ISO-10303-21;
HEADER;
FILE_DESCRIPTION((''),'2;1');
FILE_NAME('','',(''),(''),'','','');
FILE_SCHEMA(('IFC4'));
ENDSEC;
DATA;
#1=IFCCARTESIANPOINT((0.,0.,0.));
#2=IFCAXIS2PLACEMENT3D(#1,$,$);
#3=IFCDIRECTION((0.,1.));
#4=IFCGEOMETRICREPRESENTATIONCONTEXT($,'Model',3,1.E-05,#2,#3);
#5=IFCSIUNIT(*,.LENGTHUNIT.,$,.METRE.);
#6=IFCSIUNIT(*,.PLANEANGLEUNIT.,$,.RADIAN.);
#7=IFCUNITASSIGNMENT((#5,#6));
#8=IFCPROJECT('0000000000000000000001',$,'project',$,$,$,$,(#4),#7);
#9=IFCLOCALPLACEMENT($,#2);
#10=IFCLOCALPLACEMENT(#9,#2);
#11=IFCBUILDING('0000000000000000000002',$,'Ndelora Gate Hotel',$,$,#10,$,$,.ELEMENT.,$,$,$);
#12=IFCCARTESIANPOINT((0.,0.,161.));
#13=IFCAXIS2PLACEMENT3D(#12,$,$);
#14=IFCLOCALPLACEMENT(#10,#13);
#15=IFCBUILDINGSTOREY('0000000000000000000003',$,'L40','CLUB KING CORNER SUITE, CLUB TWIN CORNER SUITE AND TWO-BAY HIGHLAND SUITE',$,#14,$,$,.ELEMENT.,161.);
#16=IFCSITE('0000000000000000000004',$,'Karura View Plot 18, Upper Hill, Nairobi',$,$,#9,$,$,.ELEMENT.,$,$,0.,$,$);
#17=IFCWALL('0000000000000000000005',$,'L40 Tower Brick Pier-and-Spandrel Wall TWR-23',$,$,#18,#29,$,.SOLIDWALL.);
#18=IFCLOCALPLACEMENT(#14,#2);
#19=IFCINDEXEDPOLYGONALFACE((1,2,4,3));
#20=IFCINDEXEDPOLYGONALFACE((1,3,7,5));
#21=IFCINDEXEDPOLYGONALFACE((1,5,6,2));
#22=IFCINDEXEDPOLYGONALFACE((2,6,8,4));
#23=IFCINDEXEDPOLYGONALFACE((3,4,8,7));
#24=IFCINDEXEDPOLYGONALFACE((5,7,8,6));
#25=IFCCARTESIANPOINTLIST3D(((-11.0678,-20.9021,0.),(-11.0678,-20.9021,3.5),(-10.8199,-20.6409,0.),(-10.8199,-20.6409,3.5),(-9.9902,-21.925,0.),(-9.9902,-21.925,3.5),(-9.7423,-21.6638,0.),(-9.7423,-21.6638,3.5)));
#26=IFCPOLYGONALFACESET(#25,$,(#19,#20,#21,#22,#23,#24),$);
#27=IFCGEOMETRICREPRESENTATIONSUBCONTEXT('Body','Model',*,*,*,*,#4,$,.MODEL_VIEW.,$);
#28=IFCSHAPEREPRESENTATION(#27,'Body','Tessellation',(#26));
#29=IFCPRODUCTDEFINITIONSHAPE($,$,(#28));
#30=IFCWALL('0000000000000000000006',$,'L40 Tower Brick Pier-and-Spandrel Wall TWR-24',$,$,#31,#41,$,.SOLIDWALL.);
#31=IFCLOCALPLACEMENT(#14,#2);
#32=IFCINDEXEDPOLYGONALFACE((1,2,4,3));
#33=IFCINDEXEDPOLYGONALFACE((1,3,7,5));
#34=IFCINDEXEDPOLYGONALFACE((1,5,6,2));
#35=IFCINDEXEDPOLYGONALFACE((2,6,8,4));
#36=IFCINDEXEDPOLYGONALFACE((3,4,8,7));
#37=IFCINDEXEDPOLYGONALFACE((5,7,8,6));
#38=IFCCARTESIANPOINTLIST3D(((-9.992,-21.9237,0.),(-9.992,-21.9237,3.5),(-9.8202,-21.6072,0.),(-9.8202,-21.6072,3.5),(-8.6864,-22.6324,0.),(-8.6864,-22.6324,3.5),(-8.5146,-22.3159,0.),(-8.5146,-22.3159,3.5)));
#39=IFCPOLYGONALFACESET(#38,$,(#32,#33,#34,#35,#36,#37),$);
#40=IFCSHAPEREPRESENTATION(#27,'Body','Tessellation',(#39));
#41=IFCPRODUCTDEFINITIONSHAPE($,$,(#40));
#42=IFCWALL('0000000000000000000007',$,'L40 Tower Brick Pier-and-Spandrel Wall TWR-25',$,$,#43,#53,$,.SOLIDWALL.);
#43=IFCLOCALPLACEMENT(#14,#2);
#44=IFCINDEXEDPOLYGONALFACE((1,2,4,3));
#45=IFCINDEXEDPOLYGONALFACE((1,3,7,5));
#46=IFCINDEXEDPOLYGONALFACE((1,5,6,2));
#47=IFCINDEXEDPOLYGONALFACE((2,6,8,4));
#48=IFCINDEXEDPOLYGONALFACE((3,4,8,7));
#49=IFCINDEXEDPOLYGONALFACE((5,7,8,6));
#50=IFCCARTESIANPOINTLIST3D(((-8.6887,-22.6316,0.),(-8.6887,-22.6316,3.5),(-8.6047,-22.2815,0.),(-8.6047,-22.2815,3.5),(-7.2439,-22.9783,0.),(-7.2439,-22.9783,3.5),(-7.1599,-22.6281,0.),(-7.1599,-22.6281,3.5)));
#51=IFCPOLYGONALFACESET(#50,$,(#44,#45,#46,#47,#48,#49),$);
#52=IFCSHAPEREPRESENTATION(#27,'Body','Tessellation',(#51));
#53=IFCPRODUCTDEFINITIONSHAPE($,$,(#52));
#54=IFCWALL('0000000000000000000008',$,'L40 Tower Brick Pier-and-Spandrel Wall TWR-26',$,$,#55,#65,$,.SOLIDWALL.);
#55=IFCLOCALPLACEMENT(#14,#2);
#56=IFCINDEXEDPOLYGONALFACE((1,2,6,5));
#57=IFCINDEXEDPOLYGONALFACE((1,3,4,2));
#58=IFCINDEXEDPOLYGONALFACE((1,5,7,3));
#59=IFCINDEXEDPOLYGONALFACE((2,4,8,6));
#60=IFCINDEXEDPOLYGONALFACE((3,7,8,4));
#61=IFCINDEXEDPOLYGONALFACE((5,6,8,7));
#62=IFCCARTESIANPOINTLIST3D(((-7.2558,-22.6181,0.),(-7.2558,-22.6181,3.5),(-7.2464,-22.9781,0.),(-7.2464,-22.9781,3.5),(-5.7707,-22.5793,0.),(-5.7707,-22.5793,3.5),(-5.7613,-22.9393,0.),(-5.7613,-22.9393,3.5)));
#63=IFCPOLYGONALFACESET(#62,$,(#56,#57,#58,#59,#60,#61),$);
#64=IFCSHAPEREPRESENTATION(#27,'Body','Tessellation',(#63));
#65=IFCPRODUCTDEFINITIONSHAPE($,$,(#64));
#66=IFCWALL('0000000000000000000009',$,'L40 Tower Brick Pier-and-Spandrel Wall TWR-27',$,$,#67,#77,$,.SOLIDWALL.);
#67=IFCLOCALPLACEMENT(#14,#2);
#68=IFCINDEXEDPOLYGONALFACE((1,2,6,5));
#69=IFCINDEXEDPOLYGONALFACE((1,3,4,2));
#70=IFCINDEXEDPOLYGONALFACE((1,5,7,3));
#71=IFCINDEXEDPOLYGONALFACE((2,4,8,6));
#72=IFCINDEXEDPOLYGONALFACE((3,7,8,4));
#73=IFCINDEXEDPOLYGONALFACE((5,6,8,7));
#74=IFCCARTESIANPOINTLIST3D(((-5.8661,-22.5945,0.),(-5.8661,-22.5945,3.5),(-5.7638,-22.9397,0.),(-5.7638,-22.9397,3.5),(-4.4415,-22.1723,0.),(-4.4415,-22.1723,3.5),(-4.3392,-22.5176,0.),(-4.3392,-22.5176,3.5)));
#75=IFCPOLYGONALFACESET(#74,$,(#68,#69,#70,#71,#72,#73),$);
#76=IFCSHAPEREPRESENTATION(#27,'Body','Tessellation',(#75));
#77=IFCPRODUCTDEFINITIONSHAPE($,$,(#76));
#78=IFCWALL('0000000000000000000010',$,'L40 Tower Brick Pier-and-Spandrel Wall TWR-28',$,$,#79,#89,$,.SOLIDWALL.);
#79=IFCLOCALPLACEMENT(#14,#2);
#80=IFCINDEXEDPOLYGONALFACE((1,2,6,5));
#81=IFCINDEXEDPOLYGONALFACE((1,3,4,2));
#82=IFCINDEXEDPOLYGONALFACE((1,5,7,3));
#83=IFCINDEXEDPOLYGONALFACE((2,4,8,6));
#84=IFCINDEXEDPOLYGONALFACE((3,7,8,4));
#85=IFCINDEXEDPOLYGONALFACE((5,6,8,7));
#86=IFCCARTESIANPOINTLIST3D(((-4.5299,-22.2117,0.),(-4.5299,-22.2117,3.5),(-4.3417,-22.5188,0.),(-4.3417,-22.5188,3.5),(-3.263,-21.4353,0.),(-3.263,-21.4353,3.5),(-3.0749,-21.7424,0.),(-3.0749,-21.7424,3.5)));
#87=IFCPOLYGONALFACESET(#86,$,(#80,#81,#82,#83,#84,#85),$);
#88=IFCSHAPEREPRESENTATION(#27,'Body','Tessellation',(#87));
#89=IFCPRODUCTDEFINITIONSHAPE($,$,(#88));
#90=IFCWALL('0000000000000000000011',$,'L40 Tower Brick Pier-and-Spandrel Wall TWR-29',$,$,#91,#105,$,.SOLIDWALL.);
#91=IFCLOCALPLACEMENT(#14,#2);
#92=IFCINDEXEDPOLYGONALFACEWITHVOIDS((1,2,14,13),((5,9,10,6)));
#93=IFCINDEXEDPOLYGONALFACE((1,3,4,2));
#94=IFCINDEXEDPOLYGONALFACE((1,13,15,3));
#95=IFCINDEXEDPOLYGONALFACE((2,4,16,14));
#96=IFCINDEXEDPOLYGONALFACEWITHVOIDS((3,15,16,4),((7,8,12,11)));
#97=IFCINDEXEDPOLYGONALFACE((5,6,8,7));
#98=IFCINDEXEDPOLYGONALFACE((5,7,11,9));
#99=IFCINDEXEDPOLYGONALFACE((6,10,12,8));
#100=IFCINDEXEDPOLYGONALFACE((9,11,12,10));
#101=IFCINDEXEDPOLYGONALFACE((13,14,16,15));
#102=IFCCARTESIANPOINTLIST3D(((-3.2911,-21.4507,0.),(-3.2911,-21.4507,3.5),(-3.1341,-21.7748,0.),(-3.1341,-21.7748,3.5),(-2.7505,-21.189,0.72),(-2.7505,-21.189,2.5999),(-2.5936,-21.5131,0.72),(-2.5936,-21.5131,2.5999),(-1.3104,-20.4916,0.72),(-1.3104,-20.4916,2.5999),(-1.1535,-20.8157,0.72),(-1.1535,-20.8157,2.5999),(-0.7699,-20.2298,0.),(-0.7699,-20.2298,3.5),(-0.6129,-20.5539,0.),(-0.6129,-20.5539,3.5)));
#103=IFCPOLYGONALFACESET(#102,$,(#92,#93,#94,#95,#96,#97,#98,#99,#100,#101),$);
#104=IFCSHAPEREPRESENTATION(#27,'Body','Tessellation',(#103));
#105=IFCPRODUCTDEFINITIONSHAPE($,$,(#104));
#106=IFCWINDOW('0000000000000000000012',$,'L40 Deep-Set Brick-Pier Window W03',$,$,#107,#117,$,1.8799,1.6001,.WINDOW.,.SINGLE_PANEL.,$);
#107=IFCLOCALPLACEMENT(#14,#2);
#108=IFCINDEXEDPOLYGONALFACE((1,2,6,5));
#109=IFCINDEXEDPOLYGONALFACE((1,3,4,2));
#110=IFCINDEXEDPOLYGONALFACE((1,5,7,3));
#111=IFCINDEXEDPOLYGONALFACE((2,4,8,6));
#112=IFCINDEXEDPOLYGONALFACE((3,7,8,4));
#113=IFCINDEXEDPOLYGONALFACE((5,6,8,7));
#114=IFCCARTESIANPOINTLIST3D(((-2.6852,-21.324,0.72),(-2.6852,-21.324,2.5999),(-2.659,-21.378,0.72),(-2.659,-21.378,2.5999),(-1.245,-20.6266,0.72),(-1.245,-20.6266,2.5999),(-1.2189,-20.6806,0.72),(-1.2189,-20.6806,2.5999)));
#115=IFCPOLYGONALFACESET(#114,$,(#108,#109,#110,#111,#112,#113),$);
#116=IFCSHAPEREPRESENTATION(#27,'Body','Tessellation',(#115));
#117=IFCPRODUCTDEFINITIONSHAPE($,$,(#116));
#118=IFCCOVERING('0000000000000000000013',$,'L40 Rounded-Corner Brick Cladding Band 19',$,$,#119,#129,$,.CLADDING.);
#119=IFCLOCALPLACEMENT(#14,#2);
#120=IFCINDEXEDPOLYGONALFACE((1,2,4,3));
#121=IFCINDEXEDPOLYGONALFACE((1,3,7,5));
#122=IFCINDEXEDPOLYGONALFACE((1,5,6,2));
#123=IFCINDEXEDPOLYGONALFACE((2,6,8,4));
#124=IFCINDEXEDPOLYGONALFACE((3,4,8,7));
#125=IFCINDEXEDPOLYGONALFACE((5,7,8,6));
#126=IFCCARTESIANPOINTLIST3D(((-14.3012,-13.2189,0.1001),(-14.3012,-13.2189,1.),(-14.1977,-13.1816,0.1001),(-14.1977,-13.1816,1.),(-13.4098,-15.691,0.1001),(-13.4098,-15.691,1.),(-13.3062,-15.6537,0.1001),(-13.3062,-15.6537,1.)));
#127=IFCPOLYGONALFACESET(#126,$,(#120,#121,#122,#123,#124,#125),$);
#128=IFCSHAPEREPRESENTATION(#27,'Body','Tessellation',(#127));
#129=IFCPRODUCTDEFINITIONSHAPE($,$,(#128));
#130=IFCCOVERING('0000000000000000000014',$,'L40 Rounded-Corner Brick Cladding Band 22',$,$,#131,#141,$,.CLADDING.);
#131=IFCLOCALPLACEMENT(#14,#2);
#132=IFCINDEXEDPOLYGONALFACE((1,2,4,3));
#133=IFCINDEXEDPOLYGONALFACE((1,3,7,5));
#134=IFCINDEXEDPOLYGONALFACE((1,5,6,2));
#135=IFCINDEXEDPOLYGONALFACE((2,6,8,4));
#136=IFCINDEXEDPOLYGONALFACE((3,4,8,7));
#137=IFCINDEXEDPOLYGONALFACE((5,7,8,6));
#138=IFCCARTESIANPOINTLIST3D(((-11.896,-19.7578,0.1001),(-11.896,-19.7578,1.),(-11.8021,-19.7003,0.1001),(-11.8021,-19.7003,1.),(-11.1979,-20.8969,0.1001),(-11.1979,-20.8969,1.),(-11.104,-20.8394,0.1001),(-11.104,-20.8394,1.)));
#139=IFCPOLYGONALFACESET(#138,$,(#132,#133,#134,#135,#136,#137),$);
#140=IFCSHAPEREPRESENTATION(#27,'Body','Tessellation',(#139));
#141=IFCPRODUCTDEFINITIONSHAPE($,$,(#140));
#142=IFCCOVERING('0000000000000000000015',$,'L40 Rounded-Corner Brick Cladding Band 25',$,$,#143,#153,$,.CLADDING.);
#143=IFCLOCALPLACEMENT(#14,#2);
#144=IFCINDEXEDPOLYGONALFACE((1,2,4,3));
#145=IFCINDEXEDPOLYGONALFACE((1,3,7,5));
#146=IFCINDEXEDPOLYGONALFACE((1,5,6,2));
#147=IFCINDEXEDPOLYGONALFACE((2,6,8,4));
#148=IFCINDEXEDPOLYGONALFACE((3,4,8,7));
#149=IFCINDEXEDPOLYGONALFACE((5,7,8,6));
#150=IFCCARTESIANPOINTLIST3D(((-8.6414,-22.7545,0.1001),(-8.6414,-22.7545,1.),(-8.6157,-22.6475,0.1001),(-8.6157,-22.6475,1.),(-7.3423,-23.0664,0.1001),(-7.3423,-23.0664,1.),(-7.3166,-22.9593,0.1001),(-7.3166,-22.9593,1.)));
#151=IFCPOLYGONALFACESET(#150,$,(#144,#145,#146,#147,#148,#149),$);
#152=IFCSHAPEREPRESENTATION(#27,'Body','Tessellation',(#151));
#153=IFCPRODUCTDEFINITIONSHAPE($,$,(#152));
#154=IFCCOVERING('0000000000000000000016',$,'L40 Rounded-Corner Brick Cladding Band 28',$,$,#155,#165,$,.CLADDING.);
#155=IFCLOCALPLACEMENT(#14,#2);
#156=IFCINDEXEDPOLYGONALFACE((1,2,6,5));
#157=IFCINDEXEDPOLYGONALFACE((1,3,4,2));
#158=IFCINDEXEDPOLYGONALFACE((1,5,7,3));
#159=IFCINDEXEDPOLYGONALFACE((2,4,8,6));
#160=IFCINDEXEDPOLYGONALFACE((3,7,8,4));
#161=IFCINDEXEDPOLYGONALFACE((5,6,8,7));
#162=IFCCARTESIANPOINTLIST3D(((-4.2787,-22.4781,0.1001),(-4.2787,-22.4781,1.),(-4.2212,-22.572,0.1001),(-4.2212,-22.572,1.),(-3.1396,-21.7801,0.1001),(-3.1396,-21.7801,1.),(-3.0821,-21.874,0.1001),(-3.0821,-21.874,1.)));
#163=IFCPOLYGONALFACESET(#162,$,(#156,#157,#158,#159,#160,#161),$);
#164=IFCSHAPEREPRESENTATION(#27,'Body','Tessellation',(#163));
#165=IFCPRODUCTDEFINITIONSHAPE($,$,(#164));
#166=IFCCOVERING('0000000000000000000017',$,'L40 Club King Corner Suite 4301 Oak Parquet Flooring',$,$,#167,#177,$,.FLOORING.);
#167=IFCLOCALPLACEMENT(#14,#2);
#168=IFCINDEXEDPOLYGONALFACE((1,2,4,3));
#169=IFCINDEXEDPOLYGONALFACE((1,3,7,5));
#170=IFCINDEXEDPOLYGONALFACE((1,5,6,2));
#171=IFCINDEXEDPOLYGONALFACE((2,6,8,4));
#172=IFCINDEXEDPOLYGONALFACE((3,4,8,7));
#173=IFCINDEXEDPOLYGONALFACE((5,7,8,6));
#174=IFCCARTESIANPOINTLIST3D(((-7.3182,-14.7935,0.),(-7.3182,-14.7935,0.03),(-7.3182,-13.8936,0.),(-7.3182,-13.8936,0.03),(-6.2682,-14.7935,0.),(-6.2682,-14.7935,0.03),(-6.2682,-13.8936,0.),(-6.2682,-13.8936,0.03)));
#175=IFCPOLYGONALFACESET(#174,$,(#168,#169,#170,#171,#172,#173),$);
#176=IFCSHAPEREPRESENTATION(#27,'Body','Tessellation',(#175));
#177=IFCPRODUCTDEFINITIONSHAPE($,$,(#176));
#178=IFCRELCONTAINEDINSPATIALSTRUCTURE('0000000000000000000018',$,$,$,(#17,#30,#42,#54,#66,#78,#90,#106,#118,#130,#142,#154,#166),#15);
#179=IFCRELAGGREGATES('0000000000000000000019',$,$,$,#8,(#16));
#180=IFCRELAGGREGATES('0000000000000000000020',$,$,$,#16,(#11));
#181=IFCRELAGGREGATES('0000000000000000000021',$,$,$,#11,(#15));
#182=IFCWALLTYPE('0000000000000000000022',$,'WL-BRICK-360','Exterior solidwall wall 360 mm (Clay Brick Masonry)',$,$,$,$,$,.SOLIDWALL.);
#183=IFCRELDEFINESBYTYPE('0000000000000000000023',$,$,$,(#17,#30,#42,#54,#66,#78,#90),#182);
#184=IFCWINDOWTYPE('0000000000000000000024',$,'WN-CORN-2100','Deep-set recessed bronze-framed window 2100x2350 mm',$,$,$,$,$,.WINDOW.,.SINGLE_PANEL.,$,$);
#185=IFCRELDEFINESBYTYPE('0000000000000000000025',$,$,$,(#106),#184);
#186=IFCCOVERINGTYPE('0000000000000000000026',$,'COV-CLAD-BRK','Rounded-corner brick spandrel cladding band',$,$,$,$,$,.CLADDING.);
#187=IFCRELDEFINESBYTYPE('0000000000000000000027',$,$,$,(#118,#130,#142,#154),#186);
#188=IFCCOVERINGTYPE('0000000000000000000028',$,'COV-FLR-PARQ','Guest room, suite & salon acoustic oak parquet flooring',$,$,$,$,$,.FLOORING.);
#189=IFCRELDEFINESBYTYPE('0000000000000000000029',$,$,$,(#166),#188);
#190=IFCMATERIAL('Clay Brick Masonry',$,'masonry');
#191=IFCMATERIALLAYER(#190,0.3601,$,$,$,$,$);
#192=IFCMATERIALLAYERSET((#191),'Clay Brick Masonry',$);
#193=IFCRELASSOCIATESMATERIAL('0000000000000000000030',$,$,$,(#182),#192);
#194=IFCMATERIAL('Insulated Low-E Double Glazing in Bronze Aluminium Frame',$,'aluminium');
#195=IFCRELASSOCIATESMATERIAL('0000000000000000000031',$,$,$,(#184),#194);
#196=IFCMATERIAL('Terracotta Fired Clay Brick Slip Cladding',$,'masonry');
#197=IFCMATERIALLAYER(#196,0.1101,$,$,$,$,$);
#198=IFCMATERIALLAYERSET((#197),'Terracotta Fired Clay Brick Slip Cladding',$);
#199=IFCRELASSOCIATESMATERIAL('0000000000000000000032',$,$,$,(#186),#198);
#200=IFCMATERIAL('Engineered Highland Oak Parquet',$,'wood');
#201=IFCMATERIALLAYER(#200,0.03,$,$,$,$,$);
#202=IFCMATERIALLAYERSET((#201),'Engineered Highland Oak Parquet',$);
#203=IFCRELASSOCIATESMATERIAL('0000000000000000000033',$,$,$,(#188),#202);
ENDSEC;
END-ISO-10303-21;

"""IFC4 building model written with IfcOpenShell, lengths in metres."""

from ifc_helpers import new_model, si_unit, direction, frame, frame_2d, origin, origin_2d, place, context, subcontext, project, spatial, rectangle, extrude, material, layer, layer_set, type_object, element, fill, save


model = new_model("IFC4")

# Units and contexts
model_context = context("Model", 3, precision=1e-05, world=origin(), true_north=direction((0.0, 1.0)))
body_context = subcontext(model_context, "Body", "Model", "MODEL_VIEW")
ifc_project = project(units=[si_unit("LENGTHUNIT", "METRE"), si_unit("PLANEANGLEUNIT", "RADIAN")], contexts=[model_context])

# Site, building, storey
site_placement = place(None, origin())
site = spatial("IfcSite", under=ifc_project, at=site_placement, Name="Karura View Plot 18, Upper Hill, Nairobi", CompositionType="ELEMENT", RefElevation=0.0)
building_placement = place(site_placement, origin())
building = spatial("IfcBuilding", under=site, at=building_placement, Name="Ndelora Gate Hotel", CompositionType="ELEMENT")
storey_placement = place(building_placement, frame((0.0, 0.0, 161.0)))
storey = spatial("IfcBuildingStorey", under=building, at=storey_placement, Name="L40", Description="CLUB KING CORNER SUITE, CLUB TWIN CORNER SUITE AND TWO-BAY HIGHLAND SUITE", CompositionType="ELEMENT", Elevation=161.0)

# Shared definitions
ifc_material_1 = material(Name="Clay Brick Masonry", Category="masonry")
ifc_layer_1 = layer(ifc_material_1, 0.3601)
ifc_layer_set_1 = layer_set([ifc_layer_1], Name="Clay Brick Masonry")
wall_type = type_object("IfcWallType", Name="WL-BRICK-360", Description="Exterior solidwall wall 360 mm (Clay Brick Masonry)", PredefinedType="SOLIDWALL", material=ifc_layer_set_1)
ifc_material_2 = material(Name="Insulated Low-E Double Glazing in Bronze Aluminium Frame", Category="aluminium")

# Walls
for number, where, z_axis, x_axis, name in (
    (1, (-9.8662, -21.7944, 0.0), (0.0, 0.0, 1.0), (-0.72527, 0.688464, 0.0), "L40 Tower Brick Pier-and-Spandrel Wall TWR-23"),
):
    element("IfcWall", number, at=place(storey_placement, frame(where, z_axis=z_axis, x_axis=x_axis)), inside=storey, type_object=wall_type, Name=name, PredefinedType="SOLIDWALL", context=body_context, shape_type="SweptSolid", body=[
        extrude(rectangle(XDim=1.4858, YDim=0.3601, at=frame_2d((0.7429, 0.0))), origin(), (0.0, 0.0, 1.0), 3.5),
    ])
wall_1_placement = place(storey_placement, frame((-8.6006, -22.4741, 0.0), z_axis=(0.0, 0.0, 1.0), x_axis=(-0.878867, 0.477066, 0.0)))
element("IfcWall", 2, at=wall_1_placement, inside=storey, type_object=wall_type, Name="L40 Tower Brick Pier-and-Spandrel Wall TWR-24", PredefinedType="SOLIDWALL", context=body_context, shape_type="SweptSolid", body=[
    extrude(rectangle(XDim=1.4856, YDim=0.3601, at=frame_2d((0.7427, 0.0))), origin(), (0.0, 0.0, 1.0), 3.5),
])
wall_2_placement = place(storey_placement, frame((-7.2019, -22.8032, 0.0), z_axis=(0.0, 0.0, 1.0), x_axis=(-0.972399, 0.233323, 0.0)))
element("IfcWall", 3, at=wall_2_placement, inside=storey, type_object=wall_type, Name="L40 Tower Brick Pier-and-Spandrel Wall TWR-25", PredefinedType="SOLIDWALL", context=body_context, shape_type="SweptSolid", body=[
    extrude(rectangle(XDim=1.4858, YDim=0.3601, at=frame_2d((0.7429, 0.0))), origin(), (0.0, 0.0, 1.0), 3.5),
])
wall_3_placement = place(storey_placement, frame((-5.7661, -22.7593, 0.0), z_axis=(0.0, 0.0, 1.0), x_axis=(-0.999659, -0.026129, 0.0)))
element("IfcWall", 4, at=wall_3_placement, inside=storey, type_object=wall_type, Name="L40 Tower Brick Pier-and-Spandrel Wall TWR-26", PredefinedType="SOLIDWALL", context=body_context, shape_type="SweptSolid", body=[
    extrude(rectangle(XDim=1.4856, YDim=0.3601, at=frame_2d((0.7427, 0.0))), origin(), (0.0, 0.0, 1.0), 3.5),
])
for number, where, z_axis, x_axis, name in (
    (5, (-4.3904, -22.345, 0.0), (0.0, 0.0, 1.0), (-0.958793, -0.284105, 0.0), "L40 Tower Brick Pier-and-Spandrel Wall TWR-27"),
    (6, (-3.1689, -21.5889, 0.0), (0.0, 0.0, 1.0), (-0.852627, -0.52252, 0.0), "L40 Tower Brick Pier-and-Spandrel Wall TWR-28"),
):
    element("IfcWall", number, at=place(storey_placement, frame(where, z_axis=z_axis, x_axis=x_axis)), inside=storey, type_object=wall_type, Name=name, PredefinedType="SOLIDWALL", context=body_context, shape_type="SweptSolid", body=[
        extrude(rectangle(XDim=1.4858, YDim=0.3601, at=frame_2d((0.7429, 0.0))), origin(), (0.0, 0.0, 1.0), 3.5),
    ])

# Wall, opening, window
wall_4_placement = place(storey_placement, frame((-0.6914, -20.3918, 0.0), z_axis=(0.0, 0.0, 1.0), x_axis=(-0.90002, -0.435848, 0.0)))
wall_4 = element("IfcWall", 7, at=wall_4_placement, inside=storey, type_object=wall_type, Name="L40 Tower Brick Pier-and-Spandrel Wall TWR-29", PredefinedType="SOLIDWALL", context=body_context, shape_type="SweptSolid", body=[
    extrude(rectangle(XDim=2.8013, YDim=0.3601, at=frame_2d((1.4006, 0.0))), origin(), (0.0, 0.0, 1.0), 3.5),
])
opening_1_placement = place(wall_4_placement, frame((0.6006, 0.0, 0.72)))
opening_1 = element("IfcOpeningElement", 8, at=opening_1_placement, cuts=wall_4, PredefinedType="OPENING", context=body_context, shape_type="SweptSolid", body=[
    extrude(rectangle(XDim=1.6001, YDim=1.8799, at=frame_2d((0.8, 0.9399))), frame((0.0, 0.1899, 0.0), z_axis=(0.0, -1.0, 0.0), x_axis=(1.0, 0.0, 0.0)), (0.0, 0.0, 1.0), 0.3801),
])
window_type_1 = type_object("IfcWindowType", Name="WN-CORN-2100", Description="Deep-set recessed bronze-framed window 2100x2350 mm", PartitioningType="SINGLE_PANEL", PredefinedType="WINDOW", material=ifc_material_2)
window_1_placement = place(opening_1_placement, origin())
window_1 = element("IfcWindow", 9, at=window_1_placement, inside=storey, type_object=window_type_1, Name="L40 Deep-Set Brick-Pier Window W03", OverallHeight=1.8799, OverallWidth=1.6001, PartitioningType="SINGLE_PANEL", PredefinedType="WINDOW", context=body_context, shape_type="SweptSolid", body=[
    extrude(rectangle(XDim=1.6001, YDim=1.8799, at=frame_2d((0.8, 0.9399))), frame((0.0, 0.03, 0.0), z_axis=(0.0, -1.0, 0.0), x_axis=(1.0, 0.0, 0.0)), (0.0, 0.0, 1.0), 0.0601),
])
fill(opening_1, window_1)

# Coverings
ifc_material_3 = material(Name="Terracotta Fired Clay Brick Slip Cladding", Category="masonry")
ifc_layer_2 = layer(ifc_material_3, 0.1101)
ifc_layer_set_2 = layer_set([ifc_layer_2], Name="Terracotta Fired Clay Brick Slip Cladding")
covering_type_1 = type_object("IfcCoveringType", Name="COV-CLAD-BRK", Description="Rounded-corner brick spandrel cladding band", PredefinedType="CLADDING", material=ifc_layer_set_2)
covering_1_placement = place(storey_placement, frame((-13.8037, -14.4363, 0.1001), z_axis=(0.0, 0.0, 1.0), x_axis=(-0.339231, 0.940703, 0.0)))
element("IfcCovering", 10, at=covering_1_placement, inside=storey, type_object=covering_type_1, Name="L40 Rounded-Corner Brick Cladding Band 19", PredefinedType="CLADDING", context=body_context, shape_type="SweptSolid", body=[
    extrude(rectangle(XDim=2.6279, YDim=0.1101, at=origin_2d()), origin(), (0.0, 0.0, 1.0), 0.8999),
])
for number, where, z_axis, x_axis, name in (
    (11, (-11.5, -20.2986, 0.1001), (0.0, 0.0, 1.0), (-0.522499, 0.85264, 0.0), "L40 Rounded-Corner Brick Cladding Band 22"),
    (12, (-7.979, -22.8569, 0.1001), (0.0, 0.0, 1.0), (-0.97237, 0.233445, 0.0), "L40 Rounded-Corner Brick Cladding Band 25"),
    (13, (-3.6804, -22.176, 0.1001), (0.0, 0.0, 1.0), (0.85264, 0.522499, 0.0), "L40 Rounded-Corner Brick Cladding Band 28"),
):
    element("IfcCovering", number, at=place(storey_placement, frame(where, z_axis=z_axis, x_axis=x_axis)), inside=storey, type_object=covering_type_1, Name=name, PredefinedType="CLADDING", context=body_context, shape_type="SweptSolid", body=[
        extrude(rectangle(XDim=1.3359, YDim=0.1101, at=origin_2d()), origin(), (0.0, 0.0, 1.0), 0.8999),
    ])
ifc_material_4 = material(Name="Engineered Highland Oak Parquet", Category="wood")
ifc_layer_3 = layer(ifc_material_4, 0.03)
ifc_layer_set_3 = layer_set([ifc_layer_3], Name="Engineered Highland Oak Parquet")
covering_type_2 = type_object("IfcCoveringType", Name="COV-FLR-PARQ", Description="Guest room, suite & salon acoustic oak parquet flooring", PredefinedType="FLOORING", material=ifc_layer_set_3)
covering_2_placement = place(storey_placement, frame((-6.7932, -14.3435, 0.0), z_axis=(0.0, 0.0, 1.0), x_axis=(1.0, 0.0, 0.0)))
element("IfcCovering", 14, at=covering_2_placement, inside=storey, type_object=covering_type_2, Name="L40 Club King Corner Suite 4301 Oak Parquet Flooring", PredefinedType="FLOORING", context=body_context, shape_type="SweptSolid", body=[
    extrude(rectangle(XDim=1.05, YDim=0.8999, at=origin_2d()), origin(), (0.0, 0.0, 1.0), 0.03),
])

save(model, "model.ifc")
